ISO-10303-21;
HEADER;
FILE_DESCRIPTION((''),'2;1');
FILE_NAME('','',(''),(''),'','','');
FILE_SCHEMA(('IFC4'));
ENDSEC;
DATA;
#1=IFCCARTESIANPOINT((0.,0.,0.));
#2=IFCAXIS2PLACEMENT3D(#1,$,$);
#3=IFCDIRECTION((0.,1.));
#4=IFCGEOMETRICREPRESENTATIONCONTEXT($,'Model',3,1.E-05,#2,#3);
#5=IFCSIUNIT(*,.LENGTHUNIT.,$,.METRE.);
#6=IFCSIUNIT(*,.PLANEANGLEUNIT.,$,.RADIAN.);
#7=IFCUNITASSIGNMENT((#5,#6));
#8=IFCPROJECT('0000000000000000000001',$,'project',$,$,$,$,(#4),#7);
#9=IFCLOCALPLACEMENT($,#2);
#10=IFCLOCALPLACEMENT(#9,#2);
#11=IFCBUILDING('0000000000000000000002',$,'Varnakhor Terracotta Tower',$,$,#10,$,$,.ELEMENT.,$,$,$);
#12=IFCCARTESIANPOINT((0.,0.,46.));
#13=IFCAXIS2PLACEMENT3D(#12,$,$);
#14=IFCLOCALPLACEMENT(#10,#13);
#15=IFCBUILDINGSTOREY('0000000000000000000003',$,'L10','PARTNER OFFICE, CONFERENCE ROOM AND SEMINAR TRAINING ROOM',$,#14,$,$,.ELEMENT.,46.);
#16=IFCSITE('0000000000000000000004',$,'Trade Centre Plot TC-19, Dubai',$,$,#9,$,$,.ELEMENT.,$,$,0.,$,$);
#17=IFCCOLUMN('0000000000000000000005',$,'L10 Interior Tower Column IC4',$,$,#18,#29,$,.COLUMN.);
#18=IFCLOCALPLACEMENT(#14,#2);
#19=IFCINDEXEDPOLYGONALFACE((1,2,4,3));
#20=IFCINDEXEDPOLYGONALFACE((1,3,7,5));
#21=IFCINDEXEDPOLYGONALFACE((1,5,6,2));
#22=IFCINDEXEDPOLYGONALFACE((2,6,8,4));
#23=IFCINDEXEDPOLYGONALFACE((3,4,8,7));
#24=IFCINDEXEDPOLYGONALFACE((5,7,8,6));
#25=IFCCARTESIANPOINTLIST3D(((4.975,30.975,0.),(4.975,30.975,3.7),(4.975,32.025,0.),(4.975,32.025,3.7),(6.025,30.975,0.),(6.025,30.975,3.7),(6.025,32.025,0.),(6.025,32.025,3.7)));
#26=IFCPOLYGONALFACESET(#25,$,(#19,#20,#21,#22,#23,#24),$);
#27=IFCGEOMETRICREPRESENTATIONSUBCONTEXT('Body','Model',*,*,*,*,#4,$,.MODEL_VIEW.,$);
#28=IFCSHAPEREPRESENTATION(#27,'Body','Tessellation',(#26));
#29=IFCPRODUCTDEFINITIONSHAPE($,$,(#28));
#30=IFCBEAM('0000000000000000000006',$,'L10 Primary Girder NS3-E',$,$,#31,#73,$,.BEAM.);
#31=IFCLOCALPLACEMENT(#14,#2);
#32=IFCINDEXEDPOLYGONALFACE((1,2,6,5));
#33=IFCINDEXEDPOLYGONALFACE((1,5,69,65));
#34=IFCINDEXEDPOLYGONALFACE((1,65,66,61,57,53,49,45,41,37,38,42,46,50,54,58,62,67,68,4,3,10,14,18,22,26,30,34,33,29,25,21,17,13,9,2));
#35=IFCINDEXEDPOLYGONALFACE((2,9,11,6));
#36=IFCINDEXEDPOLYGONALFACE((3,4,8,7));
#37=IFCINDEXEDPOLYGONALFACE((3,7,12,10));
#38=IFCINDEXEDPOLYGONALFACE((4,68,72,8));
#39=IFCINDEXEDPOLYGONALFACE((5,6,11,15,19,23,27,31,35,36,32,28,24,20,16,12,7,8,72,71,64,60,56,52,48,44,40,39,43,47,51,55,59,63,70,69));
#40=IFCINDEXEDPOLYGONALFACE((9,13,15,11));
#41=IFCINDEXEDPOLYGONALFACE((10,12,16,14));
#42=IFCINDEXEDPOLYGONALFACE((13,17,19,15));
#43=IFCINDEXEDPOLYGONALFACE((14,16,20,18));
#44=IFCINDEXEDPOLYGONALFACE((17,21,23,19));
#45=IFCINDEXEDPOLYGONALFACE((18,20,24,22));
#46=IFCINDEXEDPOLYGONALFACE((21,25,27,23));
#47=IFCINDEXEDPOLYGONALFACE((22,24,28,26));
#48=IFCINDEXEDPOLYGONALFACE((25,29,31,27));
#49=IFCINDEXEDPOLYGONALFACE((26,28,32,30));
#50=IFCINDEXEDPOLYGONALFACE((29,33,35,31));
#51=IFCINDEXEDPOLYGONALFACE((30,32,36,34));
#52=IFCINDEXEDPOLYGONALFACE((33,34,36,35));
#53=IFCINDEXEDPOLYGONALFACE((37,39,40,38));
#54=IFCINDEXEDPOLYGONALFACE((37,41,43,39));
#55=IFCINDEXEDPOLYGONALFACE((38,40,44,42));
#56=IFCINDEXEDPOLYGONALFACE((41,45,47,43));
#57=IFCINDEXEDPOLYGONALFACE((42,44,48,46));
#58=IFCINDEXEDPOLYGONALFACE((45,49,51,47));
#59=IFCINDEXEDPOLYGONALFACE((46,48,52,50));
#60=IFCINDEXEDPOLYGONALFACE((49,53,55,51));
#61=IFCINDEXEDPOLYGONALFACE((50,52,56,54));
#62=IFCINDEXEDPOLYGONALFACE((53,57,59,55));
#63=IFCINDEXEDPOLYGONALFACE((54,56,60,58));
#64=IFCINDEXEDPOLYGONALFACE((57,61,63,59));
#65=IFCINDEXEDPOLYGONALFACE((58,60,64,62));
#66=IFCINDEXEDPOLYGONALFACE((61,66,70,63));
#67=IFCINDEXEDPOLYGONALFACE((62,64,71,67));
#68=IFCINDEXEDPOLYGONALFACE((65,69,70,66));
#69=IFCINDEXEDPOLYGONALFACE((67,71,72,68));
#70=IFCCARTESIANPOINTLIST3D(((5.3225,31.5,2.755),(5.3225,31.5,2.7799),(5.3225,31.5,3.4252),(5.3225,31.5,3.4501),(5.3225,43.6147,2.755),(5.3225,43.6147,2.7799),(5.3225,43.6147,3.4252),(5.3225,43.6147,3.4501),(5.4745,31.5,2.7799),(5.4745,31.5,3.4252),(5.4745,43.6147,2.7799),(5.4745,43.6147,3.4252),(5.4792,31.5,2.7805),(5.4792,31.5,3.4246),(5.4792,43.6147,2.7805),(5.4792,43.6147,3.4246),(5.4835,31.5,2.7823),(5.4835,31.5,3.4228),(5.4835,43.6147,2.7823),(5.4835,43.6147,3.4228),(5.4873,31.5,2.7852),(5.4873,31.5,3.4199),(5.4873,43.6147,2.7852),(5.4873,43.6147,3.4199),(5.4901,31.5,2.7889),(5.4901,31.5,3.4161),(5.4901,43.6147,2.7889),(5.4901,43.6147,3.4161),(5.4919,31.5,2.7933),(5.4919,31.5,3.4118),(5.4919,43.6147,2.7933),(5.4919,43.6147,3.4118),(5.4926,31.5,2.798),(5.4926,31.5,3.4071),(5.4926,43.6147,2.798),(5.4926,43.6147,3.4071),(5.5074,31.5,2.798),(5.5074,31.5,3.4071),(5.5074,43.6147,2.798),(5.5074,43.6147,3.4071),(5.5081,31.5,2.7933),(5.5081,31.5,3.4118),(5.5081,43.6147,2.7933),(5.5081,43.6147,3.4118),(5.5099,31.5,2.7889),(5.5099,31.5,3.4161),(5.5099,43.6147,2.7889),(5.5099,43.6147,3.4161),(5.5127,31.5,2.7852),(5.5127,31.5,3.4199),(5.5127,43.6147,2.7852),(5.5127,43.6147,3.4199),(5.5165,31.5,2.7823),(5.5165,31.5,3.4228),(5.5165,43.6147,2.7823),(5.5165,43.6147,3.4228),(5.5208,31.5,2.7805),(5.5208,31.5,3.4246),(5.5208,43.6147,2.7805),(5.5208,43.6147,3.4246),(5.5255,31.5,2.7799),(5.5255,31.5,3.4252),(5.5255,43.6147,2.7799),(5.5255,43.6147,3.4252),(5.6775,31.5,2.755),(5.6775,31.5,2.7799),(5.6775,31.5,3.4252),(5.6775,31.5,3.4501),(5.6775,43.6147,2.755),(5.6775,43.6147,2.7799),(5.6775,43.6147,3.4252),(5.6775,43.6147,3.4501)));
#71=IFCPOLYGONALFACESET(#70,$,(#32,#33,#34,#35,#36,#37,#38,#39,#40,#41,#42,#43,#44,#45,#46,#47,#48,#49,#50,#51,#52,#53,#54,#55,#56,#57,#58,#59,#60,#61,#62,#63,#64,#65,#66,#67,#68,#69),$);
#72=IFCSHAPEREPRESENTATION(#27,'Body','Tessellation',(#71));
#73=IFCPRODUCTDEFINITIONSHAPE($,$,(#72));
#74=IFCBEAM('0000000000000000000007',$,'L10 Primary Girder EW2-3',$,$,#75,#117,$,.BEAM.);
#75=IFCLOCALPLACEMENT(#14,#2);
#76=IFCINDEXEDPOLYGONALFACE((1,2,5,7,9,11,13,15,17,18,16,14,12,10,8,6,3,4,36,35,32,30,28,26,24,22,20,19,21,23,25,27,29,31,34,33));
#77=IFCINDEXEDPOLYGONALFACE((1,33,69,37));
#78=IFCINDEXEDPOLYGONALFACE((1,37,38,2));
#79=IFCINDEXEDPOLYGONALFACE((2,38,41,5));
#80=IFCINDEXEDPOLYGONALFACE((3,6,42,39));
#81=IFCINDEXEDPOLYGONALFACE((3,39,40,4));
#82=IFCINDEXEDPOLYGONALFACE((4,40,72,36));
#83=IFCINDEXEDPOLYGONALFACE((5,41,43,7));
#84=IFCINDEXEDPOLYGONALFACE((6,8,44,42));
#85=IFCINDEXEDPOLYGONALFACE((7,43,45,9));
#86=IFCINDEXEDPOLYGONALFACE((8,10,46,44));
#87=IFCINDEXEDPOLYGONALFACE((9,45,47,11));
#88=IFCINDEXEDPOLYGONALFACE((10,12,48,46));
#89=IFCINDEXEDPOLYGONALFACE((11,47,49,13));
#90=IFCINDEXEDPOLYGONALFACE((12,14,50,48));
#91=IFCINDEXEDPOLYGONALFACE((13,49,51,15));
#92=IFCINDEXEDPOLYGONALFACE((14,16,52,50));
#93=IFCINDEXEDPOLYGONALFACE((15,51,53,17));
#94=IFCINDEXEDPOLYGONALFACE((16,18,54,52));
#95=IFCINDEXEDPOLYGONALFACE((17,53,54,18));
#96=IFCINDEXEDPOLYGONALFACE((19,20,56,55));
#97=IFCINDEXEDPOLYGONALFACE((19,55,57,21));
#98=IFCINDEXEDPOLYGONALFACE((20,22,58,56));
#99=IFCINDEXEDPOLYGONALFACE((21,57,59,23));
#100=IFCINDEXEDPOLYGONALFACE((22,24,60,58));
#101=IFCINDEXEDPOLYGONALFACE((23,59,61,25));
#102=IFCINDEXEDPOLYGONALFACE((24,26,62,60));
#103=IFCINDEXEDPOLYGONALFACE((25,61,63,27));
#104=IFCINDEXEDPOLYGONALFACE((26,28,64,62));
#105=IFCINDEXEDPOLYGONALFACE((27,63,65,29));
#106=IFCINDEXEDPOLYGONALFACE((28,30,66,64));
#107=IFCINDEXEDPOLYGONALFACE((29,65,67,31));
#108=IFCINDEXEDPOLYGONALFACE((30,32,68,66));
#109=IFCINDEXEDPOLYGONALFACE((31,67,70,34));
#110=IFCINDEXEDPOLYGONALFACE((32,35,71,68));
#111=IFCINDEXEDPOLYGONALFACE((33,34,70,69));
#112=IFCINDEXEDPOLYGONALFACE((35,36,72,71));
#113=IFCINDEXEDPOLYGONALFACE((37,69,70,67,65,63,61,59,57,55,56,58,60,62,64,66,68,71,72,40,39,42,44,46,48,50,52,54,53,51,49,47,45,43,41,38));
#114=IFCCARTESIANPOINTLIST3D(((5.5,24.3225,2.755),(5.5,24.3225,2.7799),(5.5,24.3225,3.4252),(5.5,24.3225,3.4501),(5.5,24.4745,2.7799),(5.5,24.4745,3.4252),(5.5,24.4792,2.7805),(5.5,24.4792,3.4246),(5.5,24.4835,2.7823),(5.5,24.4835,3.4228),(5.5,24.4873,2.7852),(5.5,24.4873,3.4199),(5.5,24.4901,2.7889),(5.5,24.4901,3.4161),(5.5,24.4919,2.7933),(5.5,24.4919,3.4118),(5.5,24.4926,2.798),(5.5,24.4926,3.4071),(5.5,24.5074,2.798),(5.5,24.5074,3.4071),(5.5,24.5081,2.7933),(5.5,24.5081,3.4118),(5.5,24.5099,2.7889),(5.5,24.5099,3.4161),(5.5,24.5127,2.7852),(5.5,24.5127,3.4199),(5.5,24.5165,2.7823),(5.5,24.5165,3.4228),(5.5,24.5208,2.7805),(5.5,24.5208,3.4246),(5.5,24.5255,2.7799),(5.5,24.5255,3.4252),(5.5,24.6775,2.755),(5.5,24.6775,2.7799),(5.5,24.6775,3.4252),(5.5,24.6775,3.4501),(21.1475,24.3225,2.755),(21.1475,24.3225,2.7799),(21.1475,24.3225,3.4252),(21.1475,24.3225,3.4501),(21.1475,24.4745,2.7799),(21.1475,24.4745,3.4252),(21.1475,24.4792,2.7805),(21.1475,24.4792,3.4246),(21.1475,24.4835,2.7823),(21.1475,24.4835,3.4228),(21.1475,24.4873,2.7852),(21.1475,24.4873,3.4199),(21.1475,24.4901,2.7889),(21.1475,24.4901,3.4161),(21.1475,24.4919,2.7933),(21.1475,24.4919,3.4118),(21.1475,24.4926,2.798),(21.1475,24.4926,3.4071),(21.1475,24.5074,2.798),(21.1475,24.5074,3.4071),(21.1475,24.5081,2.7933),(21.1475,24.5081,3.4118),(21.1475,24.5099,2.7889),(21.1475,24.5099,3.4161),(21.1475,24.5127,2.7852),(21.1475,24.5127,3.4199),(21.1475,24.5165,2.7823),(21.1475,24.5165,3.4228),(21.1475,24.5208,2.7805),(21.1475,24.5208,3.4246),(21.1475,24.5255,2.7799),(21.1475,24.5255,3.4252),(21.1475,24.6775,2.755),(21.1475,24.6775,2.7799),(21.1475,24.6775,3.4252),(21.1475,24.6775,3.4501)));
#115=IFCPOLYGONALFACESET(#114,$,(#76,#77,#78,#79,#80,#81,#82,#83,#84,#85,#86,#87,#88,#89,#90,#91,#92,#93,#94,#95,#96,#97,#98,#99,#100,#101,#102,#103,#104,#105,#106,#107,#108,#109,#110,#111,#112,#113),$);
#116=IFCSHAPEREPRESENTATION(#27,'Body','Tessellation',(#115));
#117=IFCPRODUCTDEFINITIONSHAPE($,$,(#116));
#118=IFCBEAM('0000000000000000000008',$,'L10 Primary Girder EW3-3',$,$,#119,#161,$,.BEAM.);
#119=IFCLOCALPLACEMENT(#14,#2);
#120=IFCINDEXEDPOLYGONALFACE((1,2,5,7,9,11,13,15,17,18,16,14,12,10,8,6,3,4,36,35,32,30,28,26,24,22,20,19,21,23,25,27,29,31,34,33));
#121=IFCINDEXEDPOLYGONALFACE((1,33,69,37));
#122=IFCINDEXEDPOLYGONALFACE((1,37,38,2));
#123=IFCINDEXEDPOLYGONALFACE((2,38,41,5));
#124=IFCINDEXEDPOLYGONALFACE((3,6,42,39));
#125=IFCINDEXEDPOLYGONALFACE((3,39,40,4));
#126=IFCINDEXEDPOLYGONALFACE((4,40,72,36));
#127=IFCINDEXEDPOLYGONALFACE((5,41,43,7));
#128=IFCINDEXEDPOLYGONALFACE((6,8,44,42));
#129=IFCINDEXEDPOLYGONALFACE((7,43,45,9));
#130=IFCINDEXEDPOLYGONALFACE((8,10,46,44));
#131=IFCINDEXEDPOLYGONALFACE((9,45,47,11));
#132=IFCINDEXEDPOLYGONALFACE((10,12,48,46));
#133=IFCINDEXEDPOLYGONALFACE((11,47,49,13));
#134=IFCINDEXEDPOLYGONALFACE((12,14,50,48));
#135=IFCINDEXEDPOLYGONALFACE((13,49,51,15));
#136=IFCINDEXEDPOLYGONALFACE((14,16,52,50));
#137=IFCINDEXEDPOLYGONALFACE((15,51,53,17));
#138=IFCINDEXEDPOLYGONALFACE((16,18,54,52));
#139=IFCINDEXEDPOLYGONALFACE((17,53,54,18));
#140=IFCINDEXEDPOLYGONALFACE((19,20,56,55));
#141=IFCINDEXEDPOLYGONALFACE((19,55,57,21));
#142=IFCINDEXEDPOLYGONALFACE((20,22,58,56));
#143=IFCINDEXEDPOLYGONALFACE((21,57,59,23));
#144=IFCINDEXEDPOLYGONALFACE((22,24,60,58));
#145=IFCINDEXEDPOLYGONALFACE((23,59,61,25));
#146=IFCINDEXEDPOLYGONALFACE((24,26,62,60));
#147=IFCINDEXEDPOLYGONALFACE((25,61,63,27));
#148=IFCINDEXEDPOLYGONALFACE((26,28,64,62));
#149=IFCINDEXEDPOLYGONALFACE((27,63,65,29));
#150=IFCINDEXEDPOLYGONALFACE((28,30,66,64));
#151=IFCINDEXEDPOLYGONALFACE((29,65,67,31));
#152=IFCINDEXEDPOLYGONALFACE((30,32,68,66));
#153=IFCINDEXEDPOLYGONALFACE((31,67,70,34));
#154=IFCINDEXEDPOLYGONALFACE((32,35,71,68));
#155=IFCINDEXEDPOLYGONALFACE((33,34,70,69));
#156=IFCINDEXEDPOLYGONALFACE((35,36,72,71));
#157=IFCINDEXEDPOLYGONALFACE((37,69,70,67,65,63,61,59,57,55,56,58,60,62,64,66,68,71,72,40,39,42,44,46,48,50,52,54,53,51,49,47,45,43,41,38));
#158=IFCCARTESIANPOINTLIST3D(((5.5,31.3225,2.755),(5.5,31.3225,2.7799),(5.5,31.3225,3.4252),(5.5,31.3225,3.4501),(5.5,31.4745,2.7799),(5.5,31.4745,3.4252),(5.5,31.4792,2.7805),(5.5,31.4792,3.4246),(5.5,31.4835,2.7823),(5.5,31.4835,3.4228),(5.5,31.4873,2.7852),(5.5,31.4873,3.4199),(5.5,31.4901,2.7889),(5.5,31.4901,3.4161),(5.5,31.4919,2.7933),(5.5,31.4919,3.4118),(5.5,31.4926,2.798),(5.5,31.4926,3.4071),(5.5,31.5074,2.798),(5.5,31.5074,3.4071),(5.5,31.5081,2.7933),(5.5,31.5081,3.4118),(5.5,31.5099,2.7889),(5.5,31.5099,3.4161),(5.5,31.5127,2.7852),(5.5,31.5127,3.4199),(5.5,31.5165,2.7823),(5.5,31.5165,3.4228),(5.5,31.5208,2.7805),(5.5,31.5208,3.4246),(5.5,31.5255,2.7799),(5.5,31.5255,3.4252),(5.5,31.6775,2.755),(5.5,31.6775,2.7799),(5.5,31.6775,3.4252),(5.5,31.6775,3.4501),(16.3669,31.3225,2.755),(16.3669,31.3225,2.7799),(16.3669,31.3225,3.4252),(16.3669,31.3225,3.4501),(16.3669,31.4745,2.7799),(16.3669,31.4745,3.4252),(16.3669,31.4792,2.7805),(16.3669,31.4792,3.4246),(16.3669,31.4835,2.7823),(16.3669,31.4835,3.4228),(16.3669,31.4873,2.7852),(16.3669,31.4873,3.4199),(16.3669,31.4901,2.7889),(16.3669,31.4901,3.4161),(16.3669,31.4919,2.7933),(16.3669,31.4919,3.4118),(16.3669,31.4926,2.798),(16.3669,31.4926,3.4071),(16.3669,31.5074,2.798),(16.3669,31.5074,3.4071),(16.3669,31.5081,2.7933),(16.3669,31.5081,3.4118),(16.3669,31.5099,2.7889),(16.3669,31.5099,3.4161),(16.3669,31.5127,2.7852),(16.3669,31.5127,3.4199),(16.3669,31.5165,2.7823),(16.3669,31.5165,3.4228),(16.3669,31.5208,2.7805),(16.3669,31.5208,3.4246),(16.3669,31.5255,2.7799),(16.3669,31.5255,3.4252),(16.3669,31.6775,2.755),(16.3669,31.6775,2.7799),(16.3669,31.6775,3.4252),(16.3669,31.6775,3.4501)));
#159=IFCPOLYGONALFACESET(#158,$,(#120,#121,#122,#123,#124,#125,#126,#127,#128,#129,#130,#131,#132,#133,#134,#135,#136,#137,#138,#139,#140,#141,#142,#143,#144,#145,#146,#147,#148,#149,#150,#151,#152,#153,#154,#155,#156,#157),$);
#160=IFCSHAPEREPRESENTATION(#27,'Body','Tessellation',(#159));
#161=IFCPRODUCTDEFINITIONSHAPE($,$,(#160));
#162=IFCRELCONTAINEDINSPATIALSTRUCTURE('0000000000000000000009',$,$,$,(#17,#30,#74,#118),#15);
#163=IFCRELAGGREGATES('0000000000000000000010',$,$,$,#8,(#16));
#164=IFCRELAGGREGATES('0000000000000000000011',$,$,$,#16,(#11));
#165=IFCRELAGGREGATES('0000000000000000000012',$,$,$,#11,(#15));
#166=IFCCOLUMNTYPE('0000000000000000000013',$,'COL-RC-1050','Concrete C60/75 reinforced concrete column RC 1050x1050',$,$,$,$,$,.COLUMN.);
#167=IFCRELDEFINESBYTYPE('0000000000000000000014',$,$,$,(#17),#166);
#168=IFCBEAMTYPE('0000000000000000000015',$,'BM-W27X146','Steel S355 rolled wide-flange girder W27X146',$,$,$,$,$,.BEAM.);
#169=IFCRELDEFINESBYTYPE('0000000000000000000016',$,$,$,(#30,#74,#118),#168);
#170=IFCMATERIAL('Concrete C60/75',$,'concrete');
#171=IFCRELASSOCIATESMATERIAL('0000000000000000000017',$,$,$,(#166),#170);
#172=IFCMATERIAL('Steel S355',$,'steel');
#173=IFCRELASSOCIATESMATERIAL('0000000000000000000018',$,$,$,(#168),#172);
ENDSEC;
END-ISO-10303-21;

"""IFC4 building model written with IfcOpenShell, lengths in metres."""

from ifc_helpers import new_model, si_unit, direction, frame, origin, origin_2d, place, context, subcontext, project, spatial, rectangle, i_section, extrude, source, transform, mapped, material, material_profile, profile_set, type_object, element, save


model = new_model("IFC4")

# Units and contexts
model_context = context("Model", 3, precision=1e-05, world=origin(), true_north=direction((0.0, 1.0)))
body_context = subcontext(model_context, "Body", "Model", "MODEL_VIEW")
ifc_project = project(units=[si_unit("LENGTHUNIT", "METRE"), si_unit("PLANEANGLEUNIT", "RADIAN")], contexts=[model_context])

# Site, building, storey
site_placement = place(None, origin())
site = spatial("IfcSite", under=ifc_project, at=site_placement, Name="Trade Centre Plot TC-19, Dubai", CompositionType="ELEMENT", RefElevation=0.0)
building_placement = place(site_placement, origin())
building = spatial("IfcBuilding", under=site, at=building_placement, Name="Varnakhor Terracotta Tower", CompositionType="ELEMENT")
storey_placement = place(building_placement, frame((0.0, 0.0, 46.0)))
storey = spatial("IfcBuildingStorey", under=building, at=storey_placement, Name="L10", Description="PARTNER OFFICE, CONFERENCE ROOM AND SEMINAR TRAINING ROOM", CompositionType="ELEMENT", Elevation=46.0)

# Column
ifc_material_1 = material(Name="Concrete C60/75", Category="concrete")
ifc_material_profile_1 = material_profile(ifc_material_1, rectangle(XDim=1.05, YDim=1.05, at=origin_2d()), Name="RC 1050x1050")
ifc_profile_set_1 = profile_set([ifc_material_profile_1], Name="Concrete C60/75")
column_type = type_object("IfcColumnType", Name="COL-RC-1050", Description="Concrete C60/75 reinforced concrete column RC 1050x1050", PredefinedType="COLUMN", material=ifc_profile_set_1)
shared_shape_1 = source(origin(), body_context, "Body", "SweptSolid", [
    extrude(rectangle(XDim=1.05, YDim=1.05, at=origin_2d()), origin(), (0.0, 0.0, 1.0), 3.7),
])
column_placement = place(storey_placement, frame((5.5, 31.5, 0.0), z_axis=(0.0, 0.0, 1.0), x_axis=(1.0, 0.0, 0.0)))
element("IfcColumn", 1, at=column_placement, inside=storey, type_object=column_type, Name="L10 Interior Tower Column IC4", PredefinedType="COLUMN", context=body_context, shape_type="MappedRepresentation", body=[
    mapped(shared_shape_1, transform((0.0, 0.0, 0.0), scale=1.0)),
])

# Beams
ifc_material_2 = material(Name="Steel S355", Category="steel")
ifc_material_profile_2 = material_profile(ifc_material_2, i_section(OverallWidth=0.355, OverallDepth=0.6951, WebThickness=0.0149, FlangeThickness=0.0249, FilletRadius=0.0181, at=origin_2d()), Name="W27X146")
ifc_profile_set_2 = profile_set([ifc_material_profile_2], Name="Steel S355")
beam_type_1 = type_object("IfcBeamType", Name="BM-W27X146", Description="Steel S355 rolled wide-flange girder W27X146", PredefinedType="BEAM", material=ifc_profile_set_2)
shared_shape_2 = source(origin(), body_context, "Body", "SweptSolid", [
    extrude(i_section(OverallWidth=0.355, OverallDepth=0.6951, WebThickness=0.0149, FlangeThickness=0.0249, FilletRadius=0.0181, at=origin_2d()), origin(), (0.0, 0.0, 1.0), 12.1147),
])
beam_1_placement = place(storey_placement, frame((5.5, 31.5, 3.1025), z_axis=(0.0, 1.0, 0.0), x_axis=(-1.0, 0.0, 0.0)))
element("IfcBeam", 2, at=beam_1_placement, inside=storey, type_object=beam_type_1, Name="L10 Primary Girder NS3-E", PredefinedType="BEAM", context=body_context, shape_type="MappedRepresentation", body=[
    mapped(shared_shape_2, transform((0.0, 0.0, 0.0), scale=1.0)),
])
shared_shape_3 = source(origin(), body_context, "Body", "SweptSolid", [
    extrude(i_section(OverallWidth=0.355, OverallDepth=0.6951, WebThickness=0.0149, FlangeThickness=0.0249, FilletRadius=0.0181, at=origin_2d()), origin(), (0.0, 0.0, 1.0), 15.6475),
])
beam_2_placement = place(storey_placement, frame((5.5, 24.5, 3.1025), z_axis=(1.0, 0.0, 0.0), x_axis=(0.0, 1.0, 0.0)))
element("IfcBeam", 3, at=beam_2_placement, inside=storey, type_object=beam_type_1, Name="L10 Primary Girder EW2-3", PredefinedType="BEAM", context=body_context, shape_type="MappedRepresentation", body=[
    mapped(shared_shape_3, transform((0.0, 0.0, 0.0), scale=1.0)),
])
shared_shape_4 = source(origin(), body_context, "Body", "SweptSolid", [
    extrude(i_section(OverallWidth=0.355, OverallDepth=0.6951, WebThickness=0.0149, FlangeThickness=0.0249, FilletRadius=0.0181, at=origin_2d()), origin(), (0.0, 0.0, 1.0), 10.8669),
])
beam_3_placement = place(storey_placement, frame((5.5, 31.5, 3.1025), z_axis=(1.0, 0.0, 0.0), x_axis=(0.0, 1.0, 0.0)))
element("IfcBeam", 4, at=beam_3_placement, inside=storey, type_object=beam_type_1, Name="L10 Primary Girder EW3-3", PredefinedType="BEAM", context=body_context, shape_type="MappedRepresentation", body=[
    mapped(shared_shape_4, transform((0.0, 0.0, 0.0), scale=1.0)),
])

save(model, "model.ifc")
